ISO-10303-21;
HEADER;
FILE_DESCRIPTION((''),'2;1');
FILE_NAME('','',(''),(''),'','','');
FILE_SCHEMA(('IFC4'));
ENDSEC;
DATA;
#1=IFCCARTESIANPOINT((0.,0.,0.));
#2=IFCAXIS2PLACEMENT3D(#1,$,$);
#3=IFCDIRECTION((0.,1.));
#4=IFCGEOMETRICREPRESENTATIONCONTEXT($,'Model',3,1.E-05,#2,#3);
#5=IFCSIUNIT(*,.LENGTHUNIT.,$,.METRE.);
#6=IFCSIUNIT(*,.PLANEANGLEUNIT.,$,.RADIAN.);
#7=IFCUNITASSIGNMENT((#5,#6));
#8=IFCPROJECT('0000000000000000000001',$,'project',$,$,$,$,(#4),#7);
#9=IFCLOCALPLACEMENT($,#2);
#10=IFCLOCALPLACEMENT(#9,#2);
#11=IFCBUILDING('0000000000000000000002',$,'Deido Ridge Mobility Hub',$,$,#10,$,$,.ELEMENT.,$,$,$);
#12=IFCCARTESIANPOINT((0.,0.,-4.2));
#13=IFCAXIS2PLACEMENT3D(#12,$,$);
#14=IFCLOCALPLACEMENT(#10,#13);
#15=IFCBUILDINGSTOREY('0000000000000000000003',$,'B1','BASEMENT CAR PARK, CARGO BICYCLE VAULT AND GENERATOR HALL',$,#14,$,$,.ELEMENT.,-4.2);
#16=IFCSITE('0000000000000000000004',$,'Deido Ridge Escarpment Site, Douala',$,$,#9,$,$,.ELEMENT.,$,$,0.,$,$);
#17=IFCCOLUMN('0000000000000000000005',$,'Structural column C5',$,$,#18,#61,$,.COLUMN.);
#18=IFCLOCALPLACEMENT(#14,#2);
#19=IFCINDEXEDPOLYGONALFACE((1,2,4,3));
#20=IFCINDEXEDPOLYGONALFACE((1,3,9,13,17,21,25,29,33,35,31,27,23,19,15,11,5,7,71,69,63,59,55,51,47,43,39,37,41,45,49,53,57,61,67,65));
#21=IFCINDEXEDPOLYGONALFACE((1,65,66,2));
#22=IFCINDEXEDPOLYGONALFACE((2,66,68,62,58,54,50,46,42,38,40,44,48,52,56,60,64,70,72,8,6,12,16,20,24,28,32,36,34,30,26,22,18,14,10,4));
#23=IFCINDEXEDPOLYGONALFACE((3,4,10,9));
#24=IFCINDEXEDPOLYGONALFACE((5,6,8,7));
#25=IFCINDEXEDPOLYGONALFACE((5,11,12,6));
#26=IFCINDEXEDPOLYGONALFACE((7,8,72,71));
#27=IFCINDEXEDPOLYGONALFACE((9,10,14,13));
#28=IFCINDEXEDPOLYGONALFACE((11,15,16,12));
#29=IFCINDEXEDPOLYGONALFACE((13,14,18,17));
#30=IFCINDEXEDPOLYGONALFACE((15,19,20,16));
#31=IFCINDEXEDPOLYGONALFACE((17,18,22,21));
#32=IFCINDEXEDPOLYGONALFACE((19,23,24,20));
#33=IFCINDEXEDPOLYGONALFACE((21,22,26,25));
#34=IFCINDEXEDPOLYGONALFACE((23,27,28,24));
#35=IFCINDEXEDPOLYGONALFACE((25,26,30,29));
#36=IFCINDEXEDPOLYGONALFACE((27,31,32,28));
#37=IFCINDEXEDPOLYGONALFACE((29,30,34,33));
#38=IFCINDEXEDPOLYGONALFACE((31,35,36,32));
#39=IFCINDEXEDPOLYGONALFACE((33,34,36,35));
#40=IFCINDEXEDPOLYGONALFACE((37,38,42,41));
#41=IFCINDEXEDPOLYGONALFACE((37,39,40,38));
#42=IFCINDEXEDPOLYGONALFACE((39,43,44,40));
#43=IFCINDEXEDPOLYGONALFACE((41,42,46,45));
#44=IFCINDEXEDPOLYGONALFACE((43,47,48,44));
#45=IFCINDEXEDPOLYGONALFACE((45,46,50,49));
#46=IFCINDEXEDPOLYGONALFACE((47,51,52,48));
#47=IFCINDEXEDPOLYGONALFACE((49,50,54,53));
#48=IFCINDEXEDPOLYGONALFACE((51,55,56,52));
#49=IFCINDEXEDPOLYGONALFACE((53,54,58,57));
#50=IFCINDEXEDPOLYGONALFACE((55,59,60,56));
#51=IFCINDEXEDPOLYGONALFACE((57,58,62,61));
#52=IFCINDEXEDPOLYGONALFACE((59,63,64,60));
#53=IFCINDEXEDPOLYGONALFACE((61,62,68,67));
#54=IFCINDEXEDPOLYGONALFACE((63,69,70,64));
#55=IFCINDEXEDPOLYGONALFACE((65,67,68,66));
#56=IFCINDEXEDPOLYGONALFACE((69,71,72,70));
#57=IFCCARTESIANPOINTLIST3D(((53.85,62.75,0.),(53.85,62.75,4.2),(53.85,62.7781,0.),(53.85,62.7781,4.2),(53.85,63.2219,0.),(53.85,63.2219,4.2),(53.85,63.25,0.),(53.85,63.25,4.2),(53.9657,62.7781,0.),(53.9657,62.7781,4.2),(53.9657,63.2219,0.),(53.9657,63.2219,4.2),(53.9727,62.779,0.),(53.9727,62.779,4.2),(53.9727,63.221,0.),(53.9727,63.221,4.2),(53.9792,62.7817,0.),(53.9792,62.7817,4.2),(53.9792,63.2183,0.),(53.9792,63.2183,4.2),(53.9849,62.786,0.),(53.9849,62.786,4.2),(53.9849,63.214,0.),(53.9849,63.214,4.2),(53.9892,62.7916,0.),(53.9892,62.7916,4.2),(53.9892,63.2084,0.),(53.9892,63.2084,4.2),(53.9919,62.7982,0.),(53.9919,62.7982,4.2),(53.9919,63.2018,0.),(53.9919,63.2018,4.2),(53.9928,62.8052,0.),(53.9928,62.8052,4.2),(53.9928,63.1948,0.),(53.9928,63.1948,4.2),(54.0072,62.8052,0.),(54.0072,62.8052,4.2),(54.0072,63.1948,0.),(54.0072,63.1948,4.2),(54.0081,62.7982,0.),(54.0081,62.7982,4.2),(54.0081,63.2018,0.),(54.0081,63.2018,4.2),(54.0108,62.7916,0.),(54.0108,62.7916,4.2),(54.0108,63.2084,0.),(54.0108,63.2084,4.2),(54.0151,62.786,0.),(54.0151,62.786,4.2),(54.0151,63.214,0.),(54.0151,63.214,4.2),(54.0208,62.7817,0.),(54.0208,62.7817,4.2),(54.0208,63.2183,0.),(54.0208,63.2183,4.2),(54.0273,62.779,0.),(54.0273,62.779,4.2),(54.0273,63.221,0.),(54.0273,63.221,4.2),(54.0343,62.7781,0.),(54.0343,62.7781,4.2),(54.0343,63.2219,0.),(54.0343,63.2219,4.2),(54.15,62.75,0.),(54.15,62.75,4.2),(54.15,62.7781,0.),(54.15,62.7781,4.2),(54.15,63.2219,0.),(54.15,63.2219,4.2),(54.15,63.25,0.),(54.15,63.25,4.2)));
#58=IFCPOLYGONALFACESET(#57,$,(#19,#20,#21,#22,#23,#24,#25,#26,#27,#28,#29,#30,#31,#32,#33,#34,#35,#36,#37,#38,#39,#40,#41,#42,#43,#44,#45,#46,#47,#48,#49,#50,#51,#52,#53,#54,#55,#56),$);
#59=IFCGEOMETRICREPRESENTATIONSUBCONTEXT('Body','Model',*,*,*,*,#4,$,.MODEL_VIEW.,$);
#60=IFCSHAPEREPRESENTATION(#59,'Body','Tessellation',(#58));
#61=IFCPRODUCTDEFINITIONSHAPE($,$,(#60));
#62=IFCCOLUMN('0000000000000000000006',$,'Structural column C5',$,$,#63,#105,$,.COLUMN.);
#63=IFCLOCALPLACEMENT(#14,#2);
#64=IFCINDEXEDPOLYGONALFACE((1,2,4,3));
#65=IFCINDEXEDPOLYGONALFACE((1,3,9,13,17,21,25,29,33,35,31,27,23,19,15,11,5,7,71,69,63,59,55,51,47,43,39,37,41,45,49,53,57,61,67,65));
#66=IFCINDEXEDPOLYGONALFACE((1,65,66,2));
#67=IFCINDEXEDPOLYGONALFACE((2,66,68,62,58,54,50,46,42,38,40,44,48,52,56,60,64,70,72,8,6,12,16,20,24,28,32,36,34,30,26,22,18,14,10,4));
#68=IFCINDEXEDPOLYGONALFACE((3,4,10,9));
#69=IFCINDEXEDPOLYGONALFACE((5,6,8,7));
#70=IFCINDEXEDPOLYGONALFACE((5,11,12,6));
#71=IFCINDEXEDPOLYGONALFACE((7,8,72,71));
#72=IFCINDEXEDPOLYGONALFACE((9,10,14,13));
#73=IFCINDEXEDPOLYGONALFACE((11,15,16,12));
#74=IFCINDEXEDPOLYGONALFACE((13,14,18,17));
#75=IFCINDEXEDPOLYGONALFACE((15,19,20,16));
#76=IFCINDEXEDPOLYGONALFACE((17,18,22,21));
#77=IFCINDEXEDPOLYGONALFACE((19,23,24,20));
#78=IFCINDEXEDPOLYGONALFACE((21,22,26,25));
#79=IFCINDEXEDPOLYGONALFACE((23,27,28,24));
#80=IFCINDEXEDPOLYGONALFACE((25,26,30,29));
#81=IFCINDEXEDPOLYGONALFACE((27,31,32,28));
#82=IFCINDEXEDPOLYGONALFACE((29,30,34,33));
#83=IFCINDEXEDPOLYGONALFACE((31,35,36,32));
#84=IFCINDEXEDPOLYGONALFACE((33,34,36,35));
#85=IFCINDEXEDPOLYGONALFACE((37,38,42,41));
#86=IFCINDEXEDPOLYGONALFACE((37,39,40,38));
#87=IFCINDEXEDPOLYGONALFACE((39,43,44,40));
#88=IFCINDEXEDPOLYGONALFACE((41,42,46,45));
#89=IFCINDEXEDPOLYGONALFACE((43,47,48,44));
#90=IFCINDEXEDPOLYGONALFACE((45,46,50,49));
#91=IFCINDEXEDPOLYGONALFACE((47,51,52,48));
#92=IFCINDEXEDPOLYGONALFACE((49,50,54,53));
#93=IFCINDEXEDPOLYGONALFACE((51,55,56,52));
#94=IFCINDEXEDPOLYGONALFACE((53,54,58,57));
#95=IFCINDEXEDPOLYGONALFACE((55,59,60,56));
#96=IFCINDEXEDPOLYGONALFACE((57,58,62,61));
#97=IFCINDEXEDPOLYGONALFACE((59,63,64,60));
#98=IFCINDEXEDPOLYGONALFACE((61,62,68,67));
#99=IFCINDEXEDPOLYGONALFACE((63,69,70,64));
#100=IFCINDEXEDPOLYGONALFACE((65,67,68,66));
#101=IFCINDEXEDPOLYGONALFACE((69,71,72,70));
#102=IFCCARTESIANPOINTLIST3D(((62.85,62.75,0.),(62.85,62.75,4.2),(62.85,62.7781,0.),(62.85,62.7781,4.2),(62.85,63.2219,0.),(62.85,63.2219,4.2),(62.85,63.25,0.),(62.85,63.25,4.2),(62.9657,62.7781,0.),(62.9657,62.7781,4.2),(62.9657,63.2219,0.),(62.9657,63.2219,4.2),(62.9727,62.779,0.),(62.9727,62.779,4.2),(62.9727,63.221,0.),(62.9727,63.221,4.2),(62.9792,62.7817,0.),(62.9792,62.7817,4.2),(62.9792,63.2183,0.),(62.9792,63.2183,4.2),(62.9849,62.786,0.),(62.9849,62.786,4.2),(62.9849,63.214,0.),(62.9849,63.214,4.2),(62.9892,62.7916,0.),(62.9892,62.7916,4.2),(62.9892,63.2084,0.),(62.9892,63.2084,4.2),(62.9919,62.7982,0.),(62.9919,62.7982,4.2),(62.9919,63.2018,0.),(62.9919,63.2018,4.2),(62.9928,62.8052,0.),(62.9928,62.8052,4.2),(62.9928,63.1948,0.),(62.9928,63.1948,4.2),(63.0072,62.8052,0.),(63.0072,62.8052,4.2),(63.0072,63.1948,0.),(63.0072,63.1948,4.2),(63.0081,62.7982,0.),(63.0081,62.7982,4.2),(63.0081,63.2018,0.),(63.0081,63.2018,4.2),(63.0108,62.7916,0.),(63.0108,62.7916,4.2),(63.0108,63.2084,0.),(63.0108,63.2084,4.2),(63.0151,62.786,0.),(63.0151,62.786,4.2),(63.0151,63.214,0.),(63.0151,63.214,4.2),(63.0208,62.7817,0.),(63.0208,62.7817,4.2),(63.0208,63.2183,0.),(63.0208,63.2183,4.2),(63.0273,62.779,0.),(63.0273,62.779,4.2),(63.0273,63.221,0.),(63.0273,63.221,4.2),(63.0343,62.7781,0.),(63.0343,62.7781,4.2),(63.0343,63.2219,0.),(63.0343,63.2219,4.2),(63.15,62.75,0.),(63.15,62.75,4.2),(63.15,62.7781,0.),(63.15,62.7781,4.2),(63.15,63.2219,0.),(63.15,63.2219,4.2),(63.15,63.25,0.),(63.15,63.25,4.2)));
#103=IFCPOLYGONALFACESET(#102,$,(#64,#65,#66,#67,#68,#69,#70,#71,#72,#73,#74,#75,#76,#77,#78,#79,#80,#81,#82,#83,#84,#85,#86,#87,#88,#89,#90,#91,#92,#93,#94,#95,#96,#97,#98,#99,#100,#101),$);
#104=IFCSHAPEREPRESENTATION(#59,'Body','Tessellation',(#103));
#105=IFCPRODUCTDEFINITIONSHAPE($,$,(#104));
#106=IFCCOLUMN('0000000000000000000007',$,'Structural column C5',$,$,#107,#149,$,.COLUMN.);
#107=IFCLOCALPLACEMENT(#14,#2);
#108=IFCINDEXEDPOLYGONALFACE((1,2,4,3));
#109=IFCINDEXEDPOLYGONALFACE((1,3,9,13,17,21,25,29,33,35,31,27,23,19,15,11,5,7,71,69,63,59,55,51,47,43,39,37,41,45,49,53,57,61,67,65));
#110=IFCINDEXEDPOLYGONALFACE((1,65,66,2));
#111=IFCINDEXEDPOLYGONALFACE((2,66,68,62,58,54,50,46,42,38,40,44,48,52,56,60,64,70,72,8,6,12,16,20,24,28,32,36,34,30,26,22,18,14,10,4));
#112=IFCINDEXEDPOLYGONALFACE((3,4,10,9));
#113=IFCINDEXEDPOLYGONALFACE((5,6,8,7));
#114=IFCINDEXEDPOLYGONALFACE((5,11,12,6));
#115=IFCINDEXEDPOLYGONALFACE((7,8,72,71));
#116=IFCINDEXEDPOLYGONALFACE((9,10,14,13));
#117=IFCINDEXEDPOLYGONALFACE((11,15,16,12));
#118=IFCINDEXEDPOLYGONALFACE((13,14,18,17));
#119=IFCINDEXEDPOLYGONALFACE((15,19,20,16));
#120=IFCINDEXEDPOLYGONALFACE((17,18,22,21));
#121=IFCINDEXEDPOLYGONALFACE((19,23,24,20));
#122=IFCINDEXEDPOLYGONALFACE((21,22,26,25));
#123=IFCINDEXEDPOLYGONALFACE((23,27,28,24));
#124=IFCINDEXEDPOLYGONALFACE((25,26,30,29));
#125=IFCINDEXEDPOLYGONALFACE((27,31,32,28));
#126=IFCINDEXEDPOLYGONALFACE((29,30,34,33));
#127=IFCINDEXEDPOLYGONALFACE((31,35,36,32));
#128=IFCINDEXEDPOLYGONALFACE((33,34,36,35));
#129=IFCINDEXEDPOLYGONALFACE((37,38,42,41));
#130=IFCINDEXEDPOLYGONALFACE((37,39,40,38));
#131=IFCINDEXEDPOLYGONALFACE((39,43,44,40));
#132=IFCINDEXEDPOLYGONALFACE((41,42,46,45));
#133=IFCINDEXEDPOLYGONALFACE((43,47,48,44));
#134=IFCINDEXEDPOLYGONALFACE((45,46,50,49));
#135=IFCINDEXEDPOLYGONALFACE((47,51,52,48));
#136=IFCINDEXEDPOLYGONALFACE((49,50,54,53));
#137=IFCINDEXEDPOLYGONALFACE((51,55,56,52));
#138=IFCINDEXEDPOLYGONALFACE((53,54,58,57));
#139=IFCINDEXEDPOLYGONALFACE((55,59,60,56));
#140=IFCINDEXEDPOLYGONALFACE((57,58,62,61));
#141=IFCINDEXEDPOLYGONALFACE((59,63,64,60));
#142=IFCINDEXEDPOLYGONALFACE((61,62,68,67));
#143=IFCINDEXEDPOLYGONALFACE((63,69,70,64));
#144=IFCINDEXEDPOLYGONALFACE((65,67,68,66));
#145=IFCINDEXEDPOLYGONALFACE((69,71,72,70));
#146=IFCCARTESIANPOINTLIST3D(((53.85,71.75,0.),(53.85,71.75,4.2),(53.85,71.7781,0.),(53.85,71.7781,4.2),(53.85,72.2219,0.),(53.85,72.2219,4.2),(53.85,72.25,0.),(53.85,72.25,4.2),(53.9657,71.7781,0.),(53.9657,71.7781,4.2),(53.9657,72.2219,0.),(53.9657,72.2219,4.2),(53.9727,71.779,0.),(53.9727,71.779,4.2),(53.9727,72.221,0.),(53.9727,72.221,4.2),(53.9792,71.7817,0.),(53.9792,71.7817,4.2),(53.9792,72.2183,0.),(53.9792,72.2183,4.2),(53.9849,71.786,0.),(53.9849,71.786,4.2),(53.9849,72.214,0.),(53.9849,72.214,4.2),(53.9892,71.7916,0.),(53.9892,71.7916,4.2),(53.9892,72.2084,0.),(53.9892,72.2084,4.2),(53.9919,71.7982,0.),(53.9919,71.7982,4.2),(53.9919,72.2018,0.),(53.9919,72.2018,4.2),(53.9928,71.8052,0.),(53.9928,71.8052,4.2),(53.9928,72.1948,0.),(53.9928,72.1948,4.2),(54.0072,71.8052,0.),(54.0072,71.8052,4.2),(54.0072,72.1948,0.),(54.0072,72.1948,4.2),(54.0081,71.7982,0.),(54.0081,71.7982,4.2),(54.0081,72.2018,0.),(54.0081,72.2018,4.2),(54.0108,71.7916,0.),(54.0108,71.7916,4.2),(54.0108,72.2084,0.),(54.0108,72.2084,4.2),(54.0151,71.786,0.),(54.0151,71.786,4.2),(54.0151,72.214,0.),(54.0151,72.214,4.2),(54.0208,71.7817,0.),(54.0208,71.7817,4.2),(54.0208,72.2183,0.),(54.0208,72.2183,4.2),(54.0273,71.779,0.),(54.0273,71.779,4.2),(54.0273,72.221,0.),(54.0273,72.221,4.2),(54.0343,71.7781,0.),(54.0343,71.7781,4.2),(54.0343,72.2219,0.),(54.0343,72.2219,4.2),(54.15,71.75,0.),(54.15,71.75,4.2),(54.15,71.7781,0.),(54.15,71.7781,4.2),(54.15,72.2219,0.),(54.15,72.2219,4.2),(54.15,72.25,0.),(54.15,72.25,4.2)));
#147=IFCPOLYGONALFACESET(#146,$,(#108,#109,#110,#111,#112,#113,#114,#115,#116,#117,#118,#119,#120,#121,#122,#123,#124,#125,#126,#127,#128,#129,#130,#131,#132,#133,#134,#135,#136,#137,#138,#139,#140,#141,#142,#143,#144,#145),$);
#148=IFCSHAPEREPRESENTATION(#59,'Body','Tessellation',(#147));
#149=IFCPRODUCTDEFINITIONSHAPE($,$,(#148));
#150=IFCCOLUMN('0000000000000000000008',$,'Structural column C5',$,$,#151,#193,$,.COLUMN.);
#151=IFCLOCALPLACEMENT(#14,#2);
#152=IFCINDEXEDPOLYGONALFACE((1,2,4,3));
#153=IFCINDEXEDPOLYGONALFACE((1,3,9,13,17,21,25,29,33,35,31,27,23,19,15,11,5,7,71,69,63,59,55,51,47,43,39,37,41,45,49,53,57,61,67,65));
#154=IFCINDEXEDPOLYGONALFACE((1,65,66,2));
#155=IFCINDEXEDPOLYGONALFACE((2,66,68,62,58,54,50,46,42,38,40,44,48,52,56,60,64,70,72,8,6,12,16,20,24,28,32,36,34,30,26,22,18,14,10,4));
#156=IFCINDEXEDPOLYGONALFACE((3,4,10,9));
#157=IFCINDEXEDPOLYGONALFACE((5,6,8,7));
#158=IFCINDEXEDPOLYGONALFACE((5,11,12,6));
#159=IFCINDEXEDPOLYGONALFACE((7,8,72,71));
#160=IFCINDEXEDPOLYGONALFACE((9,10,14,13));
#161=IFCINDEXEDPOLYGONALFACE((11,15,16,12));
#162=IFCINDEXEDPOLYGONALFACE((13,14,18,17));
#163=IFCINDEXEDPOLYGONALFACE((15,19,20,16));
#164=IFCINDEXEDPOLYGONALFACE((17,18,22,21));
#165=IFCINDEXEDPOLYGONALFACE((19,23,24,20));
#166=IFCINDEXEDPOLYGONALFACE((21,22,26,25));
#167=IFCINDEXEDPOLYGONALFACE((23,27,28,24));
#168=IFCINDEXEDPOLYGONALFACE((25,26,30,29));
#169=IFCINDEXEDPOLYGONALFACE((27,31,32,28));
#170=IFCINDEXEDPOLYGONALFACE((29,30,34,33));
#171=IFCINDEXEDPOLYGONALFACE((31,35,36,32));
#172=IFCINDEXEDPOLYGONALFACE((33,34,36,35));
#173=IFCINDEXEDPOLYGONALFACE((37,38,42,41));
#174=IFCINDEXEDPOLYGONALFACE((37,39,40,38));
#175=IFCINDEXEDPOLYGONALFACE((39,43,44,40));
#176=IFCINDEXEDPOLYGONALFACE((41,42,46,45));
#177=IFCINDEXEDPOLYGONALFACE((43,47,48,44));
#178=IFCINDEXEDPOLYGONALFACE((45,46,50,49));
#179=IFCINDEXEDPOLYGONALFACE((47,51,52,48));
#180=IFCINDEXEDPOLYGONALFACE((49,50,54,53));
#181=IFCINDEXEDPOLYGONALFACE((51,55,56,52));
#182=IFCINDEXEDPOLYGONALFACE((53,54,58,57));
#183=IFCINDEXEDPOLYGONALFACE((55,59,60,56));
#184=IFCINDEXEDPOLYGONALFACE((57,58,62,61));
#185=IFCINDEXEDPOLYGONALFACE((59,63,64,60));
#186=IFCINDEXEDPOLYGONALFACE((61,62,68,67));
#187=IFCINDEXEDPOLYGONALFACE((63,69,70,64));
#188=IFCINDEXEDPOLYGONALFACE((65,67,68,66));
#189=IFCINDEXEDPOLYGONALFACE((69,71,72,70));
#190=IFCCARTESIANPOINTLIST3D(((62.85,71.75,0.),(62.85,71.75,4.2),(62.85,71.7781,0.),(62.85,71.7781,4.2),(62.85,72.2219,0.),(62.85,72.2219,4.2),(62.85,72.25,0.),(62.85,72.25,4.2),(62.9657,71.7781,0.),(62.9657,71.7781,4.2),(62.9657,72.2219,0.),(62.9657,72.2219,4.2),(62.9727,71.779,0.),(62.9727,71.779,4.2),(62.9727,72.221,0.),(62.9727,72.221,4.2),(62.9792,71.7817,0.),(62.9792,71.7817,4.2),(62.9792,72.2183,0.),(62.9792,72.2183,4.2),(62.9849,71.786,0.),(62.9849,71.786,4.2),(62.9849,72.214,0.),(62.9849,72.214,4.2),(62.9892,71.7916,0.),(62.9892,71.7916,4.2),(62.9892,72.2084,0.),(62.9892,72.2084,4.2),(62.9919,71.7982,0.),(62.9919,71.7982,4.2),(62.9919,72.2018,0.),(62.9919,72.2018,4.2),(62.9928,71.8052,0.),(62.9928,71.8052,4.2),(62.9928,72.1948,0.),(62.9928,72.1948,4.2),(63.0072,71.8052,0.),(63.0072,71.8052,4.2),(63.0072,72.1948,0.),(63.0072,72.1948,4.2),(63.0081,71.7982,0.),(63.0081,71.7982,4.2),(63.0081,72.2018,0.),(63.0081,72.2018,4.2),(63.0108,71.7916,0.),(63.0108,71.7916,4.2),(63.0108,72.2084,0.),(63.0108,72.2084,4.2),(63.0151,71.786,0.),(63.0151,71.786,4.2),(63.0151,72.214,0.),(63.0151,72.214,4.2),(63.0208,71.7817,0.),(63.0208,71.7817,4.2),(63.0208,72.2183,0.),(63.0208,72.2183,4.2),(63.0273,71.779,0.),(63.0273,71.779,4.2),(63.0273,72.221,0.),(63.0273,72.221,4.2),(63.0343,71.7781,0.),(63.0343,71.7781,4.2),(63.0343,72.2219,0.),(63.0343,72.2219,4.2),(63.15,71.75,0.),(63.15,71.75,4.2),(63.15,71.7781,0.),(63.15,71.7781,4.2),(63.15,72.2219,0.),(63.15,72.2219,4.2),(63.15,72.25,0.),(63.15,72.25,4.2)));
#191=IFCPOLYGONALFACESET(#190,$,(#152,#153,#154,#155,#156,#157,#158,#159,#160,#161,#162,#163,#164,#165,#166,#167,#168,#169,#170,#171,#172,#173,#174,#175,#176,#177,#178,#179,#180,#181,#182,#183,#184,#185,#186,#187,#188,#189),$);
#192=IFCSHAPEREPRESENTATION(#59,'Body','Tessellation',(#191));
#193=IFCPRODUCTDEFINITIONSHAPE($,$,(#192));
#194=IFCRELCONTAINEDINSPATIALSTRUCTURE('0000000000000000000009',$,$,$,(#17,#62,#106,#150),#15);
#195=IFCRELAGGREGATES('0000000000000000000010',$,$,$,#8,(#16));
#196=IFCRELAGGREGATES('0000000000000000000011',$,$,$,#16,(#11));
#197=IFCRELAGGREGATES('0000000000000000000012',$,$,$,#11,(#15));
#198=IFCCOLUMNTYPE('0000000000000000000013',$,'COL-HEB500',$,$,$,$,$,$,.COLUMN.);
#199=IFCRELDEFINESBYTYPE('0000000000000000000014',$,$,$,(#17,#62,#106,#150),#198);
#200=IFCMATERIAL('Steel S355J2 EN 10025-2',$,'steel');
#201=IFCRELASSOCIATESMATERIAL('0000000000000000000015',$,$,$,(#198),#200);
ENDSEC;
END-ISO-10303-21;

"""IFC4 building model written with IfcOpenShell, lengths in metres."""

from ifc_helpers import new_model, si_unit, direction, frame, origin, origin_2d, place, context, subcontext, project, spatial, i_section, extrude, material, material_profile, profile_set, type_object, element, save


model = new_model("IFC4")

# Units and contexts
model_context = context("Model", 3, precision=1e-05, world=origin(), true_north=direction((0.0, 1.0)))
body_context = subcontext(model_context, "Body", "Model", "MODEL_VIEW")
ifc_project = project(units=[si_unit("LENGTHUNIT", "METRE"), si_unit("PLANEANGLEUNIT", "RADIAN")], contexts=[model_context])

# Site, building, storey
site_placement = place(None, origin())
site = spatial("IfcSite", under=ifc_project, at=site_placement, Name="Deido Ridge Escarpment Site, Douala", CompositionType="ELEMENT", RefElevation=0.0)
building_placement = place(site_placement, origin())
building = spatial("IfcBuilding", under=site, at=building_placement, Name="Deido Ridge Mobility Hub", CompositionType="ELEMENT")
storey_placement = place(building_placement, frame((0.0, 0.0, -4.2)))
storey = spatial("IfcBuildingStorey", under=building, at=storey_placement, Name="B1", Description="BASEMENT CAR PARK, CARGO BICYCLE VAULT AND GENERATOR HALL", CompositionType="ELEMENT", Elevation=-4.2)

# Columns
ifc_material_1 = material(Name="Steel S355J2 EN 10025-2", Category="steel")
ifc_material_profile_1 = material_profile(ifc_material_1, i_section(OverallWidth=0.3, OverallDepth=0.5, WebThickness=0.0144, FlangeThickness=0.0281, FilletRadius=0.0271, at=origin_2d()), Name="HEB 500")
ifc_profile_set_1 = profile_set([ifc_material_profile_1], Name="Steel S355J2 EN 10025-2")
column_type = type_object("IfcColumnType", Name="COL-HEB500", PredefinedType="COLUMN", material=ifc_profile_set_1)
for number, where, z_axis, x_axis, name in (
    (1, (54.0, 63.0, 0.0), (0.0, 0.0, 1.0), (1.0, 0.0, 0.0), "Structural column C5"),
    (2, (63.0, 63.0, 0.0), (0.0, 0.0, 1.0), (1.0, 0.0, 0.0), "Structural column C5"),
    (3, (54.0, 72.0, 0.0), (0.0, 0.0, 1.0), (1.0, 0.0, 0.0), "Structural column C5"),
    (4, (63.0, 72.0, 0.0), (0.0, 0.0, 1.0), (1.0, 0.0, 0.0), "Structural column C5"),
):
    element("IfcColumn", number, at=place(storey_placement, frame(where, z_axis=z_axis, x_axis=x_axis)), inside=storey, type_object=column_type, Name=name, PredefinedType="COLUMN", context=body_context, shape_type="SweptSolid", body=[
        extrude(i_section(OverallWidth=0.3, OverallDepth=0.5, WebThickness=0.0144, FlangeThickness=0.0281, FilletRadius=0.0271, at=origin_2d()), origin(), (0.0, 0.0, 1.0), 4.2),
    ])

save(model, "model.ifc")
